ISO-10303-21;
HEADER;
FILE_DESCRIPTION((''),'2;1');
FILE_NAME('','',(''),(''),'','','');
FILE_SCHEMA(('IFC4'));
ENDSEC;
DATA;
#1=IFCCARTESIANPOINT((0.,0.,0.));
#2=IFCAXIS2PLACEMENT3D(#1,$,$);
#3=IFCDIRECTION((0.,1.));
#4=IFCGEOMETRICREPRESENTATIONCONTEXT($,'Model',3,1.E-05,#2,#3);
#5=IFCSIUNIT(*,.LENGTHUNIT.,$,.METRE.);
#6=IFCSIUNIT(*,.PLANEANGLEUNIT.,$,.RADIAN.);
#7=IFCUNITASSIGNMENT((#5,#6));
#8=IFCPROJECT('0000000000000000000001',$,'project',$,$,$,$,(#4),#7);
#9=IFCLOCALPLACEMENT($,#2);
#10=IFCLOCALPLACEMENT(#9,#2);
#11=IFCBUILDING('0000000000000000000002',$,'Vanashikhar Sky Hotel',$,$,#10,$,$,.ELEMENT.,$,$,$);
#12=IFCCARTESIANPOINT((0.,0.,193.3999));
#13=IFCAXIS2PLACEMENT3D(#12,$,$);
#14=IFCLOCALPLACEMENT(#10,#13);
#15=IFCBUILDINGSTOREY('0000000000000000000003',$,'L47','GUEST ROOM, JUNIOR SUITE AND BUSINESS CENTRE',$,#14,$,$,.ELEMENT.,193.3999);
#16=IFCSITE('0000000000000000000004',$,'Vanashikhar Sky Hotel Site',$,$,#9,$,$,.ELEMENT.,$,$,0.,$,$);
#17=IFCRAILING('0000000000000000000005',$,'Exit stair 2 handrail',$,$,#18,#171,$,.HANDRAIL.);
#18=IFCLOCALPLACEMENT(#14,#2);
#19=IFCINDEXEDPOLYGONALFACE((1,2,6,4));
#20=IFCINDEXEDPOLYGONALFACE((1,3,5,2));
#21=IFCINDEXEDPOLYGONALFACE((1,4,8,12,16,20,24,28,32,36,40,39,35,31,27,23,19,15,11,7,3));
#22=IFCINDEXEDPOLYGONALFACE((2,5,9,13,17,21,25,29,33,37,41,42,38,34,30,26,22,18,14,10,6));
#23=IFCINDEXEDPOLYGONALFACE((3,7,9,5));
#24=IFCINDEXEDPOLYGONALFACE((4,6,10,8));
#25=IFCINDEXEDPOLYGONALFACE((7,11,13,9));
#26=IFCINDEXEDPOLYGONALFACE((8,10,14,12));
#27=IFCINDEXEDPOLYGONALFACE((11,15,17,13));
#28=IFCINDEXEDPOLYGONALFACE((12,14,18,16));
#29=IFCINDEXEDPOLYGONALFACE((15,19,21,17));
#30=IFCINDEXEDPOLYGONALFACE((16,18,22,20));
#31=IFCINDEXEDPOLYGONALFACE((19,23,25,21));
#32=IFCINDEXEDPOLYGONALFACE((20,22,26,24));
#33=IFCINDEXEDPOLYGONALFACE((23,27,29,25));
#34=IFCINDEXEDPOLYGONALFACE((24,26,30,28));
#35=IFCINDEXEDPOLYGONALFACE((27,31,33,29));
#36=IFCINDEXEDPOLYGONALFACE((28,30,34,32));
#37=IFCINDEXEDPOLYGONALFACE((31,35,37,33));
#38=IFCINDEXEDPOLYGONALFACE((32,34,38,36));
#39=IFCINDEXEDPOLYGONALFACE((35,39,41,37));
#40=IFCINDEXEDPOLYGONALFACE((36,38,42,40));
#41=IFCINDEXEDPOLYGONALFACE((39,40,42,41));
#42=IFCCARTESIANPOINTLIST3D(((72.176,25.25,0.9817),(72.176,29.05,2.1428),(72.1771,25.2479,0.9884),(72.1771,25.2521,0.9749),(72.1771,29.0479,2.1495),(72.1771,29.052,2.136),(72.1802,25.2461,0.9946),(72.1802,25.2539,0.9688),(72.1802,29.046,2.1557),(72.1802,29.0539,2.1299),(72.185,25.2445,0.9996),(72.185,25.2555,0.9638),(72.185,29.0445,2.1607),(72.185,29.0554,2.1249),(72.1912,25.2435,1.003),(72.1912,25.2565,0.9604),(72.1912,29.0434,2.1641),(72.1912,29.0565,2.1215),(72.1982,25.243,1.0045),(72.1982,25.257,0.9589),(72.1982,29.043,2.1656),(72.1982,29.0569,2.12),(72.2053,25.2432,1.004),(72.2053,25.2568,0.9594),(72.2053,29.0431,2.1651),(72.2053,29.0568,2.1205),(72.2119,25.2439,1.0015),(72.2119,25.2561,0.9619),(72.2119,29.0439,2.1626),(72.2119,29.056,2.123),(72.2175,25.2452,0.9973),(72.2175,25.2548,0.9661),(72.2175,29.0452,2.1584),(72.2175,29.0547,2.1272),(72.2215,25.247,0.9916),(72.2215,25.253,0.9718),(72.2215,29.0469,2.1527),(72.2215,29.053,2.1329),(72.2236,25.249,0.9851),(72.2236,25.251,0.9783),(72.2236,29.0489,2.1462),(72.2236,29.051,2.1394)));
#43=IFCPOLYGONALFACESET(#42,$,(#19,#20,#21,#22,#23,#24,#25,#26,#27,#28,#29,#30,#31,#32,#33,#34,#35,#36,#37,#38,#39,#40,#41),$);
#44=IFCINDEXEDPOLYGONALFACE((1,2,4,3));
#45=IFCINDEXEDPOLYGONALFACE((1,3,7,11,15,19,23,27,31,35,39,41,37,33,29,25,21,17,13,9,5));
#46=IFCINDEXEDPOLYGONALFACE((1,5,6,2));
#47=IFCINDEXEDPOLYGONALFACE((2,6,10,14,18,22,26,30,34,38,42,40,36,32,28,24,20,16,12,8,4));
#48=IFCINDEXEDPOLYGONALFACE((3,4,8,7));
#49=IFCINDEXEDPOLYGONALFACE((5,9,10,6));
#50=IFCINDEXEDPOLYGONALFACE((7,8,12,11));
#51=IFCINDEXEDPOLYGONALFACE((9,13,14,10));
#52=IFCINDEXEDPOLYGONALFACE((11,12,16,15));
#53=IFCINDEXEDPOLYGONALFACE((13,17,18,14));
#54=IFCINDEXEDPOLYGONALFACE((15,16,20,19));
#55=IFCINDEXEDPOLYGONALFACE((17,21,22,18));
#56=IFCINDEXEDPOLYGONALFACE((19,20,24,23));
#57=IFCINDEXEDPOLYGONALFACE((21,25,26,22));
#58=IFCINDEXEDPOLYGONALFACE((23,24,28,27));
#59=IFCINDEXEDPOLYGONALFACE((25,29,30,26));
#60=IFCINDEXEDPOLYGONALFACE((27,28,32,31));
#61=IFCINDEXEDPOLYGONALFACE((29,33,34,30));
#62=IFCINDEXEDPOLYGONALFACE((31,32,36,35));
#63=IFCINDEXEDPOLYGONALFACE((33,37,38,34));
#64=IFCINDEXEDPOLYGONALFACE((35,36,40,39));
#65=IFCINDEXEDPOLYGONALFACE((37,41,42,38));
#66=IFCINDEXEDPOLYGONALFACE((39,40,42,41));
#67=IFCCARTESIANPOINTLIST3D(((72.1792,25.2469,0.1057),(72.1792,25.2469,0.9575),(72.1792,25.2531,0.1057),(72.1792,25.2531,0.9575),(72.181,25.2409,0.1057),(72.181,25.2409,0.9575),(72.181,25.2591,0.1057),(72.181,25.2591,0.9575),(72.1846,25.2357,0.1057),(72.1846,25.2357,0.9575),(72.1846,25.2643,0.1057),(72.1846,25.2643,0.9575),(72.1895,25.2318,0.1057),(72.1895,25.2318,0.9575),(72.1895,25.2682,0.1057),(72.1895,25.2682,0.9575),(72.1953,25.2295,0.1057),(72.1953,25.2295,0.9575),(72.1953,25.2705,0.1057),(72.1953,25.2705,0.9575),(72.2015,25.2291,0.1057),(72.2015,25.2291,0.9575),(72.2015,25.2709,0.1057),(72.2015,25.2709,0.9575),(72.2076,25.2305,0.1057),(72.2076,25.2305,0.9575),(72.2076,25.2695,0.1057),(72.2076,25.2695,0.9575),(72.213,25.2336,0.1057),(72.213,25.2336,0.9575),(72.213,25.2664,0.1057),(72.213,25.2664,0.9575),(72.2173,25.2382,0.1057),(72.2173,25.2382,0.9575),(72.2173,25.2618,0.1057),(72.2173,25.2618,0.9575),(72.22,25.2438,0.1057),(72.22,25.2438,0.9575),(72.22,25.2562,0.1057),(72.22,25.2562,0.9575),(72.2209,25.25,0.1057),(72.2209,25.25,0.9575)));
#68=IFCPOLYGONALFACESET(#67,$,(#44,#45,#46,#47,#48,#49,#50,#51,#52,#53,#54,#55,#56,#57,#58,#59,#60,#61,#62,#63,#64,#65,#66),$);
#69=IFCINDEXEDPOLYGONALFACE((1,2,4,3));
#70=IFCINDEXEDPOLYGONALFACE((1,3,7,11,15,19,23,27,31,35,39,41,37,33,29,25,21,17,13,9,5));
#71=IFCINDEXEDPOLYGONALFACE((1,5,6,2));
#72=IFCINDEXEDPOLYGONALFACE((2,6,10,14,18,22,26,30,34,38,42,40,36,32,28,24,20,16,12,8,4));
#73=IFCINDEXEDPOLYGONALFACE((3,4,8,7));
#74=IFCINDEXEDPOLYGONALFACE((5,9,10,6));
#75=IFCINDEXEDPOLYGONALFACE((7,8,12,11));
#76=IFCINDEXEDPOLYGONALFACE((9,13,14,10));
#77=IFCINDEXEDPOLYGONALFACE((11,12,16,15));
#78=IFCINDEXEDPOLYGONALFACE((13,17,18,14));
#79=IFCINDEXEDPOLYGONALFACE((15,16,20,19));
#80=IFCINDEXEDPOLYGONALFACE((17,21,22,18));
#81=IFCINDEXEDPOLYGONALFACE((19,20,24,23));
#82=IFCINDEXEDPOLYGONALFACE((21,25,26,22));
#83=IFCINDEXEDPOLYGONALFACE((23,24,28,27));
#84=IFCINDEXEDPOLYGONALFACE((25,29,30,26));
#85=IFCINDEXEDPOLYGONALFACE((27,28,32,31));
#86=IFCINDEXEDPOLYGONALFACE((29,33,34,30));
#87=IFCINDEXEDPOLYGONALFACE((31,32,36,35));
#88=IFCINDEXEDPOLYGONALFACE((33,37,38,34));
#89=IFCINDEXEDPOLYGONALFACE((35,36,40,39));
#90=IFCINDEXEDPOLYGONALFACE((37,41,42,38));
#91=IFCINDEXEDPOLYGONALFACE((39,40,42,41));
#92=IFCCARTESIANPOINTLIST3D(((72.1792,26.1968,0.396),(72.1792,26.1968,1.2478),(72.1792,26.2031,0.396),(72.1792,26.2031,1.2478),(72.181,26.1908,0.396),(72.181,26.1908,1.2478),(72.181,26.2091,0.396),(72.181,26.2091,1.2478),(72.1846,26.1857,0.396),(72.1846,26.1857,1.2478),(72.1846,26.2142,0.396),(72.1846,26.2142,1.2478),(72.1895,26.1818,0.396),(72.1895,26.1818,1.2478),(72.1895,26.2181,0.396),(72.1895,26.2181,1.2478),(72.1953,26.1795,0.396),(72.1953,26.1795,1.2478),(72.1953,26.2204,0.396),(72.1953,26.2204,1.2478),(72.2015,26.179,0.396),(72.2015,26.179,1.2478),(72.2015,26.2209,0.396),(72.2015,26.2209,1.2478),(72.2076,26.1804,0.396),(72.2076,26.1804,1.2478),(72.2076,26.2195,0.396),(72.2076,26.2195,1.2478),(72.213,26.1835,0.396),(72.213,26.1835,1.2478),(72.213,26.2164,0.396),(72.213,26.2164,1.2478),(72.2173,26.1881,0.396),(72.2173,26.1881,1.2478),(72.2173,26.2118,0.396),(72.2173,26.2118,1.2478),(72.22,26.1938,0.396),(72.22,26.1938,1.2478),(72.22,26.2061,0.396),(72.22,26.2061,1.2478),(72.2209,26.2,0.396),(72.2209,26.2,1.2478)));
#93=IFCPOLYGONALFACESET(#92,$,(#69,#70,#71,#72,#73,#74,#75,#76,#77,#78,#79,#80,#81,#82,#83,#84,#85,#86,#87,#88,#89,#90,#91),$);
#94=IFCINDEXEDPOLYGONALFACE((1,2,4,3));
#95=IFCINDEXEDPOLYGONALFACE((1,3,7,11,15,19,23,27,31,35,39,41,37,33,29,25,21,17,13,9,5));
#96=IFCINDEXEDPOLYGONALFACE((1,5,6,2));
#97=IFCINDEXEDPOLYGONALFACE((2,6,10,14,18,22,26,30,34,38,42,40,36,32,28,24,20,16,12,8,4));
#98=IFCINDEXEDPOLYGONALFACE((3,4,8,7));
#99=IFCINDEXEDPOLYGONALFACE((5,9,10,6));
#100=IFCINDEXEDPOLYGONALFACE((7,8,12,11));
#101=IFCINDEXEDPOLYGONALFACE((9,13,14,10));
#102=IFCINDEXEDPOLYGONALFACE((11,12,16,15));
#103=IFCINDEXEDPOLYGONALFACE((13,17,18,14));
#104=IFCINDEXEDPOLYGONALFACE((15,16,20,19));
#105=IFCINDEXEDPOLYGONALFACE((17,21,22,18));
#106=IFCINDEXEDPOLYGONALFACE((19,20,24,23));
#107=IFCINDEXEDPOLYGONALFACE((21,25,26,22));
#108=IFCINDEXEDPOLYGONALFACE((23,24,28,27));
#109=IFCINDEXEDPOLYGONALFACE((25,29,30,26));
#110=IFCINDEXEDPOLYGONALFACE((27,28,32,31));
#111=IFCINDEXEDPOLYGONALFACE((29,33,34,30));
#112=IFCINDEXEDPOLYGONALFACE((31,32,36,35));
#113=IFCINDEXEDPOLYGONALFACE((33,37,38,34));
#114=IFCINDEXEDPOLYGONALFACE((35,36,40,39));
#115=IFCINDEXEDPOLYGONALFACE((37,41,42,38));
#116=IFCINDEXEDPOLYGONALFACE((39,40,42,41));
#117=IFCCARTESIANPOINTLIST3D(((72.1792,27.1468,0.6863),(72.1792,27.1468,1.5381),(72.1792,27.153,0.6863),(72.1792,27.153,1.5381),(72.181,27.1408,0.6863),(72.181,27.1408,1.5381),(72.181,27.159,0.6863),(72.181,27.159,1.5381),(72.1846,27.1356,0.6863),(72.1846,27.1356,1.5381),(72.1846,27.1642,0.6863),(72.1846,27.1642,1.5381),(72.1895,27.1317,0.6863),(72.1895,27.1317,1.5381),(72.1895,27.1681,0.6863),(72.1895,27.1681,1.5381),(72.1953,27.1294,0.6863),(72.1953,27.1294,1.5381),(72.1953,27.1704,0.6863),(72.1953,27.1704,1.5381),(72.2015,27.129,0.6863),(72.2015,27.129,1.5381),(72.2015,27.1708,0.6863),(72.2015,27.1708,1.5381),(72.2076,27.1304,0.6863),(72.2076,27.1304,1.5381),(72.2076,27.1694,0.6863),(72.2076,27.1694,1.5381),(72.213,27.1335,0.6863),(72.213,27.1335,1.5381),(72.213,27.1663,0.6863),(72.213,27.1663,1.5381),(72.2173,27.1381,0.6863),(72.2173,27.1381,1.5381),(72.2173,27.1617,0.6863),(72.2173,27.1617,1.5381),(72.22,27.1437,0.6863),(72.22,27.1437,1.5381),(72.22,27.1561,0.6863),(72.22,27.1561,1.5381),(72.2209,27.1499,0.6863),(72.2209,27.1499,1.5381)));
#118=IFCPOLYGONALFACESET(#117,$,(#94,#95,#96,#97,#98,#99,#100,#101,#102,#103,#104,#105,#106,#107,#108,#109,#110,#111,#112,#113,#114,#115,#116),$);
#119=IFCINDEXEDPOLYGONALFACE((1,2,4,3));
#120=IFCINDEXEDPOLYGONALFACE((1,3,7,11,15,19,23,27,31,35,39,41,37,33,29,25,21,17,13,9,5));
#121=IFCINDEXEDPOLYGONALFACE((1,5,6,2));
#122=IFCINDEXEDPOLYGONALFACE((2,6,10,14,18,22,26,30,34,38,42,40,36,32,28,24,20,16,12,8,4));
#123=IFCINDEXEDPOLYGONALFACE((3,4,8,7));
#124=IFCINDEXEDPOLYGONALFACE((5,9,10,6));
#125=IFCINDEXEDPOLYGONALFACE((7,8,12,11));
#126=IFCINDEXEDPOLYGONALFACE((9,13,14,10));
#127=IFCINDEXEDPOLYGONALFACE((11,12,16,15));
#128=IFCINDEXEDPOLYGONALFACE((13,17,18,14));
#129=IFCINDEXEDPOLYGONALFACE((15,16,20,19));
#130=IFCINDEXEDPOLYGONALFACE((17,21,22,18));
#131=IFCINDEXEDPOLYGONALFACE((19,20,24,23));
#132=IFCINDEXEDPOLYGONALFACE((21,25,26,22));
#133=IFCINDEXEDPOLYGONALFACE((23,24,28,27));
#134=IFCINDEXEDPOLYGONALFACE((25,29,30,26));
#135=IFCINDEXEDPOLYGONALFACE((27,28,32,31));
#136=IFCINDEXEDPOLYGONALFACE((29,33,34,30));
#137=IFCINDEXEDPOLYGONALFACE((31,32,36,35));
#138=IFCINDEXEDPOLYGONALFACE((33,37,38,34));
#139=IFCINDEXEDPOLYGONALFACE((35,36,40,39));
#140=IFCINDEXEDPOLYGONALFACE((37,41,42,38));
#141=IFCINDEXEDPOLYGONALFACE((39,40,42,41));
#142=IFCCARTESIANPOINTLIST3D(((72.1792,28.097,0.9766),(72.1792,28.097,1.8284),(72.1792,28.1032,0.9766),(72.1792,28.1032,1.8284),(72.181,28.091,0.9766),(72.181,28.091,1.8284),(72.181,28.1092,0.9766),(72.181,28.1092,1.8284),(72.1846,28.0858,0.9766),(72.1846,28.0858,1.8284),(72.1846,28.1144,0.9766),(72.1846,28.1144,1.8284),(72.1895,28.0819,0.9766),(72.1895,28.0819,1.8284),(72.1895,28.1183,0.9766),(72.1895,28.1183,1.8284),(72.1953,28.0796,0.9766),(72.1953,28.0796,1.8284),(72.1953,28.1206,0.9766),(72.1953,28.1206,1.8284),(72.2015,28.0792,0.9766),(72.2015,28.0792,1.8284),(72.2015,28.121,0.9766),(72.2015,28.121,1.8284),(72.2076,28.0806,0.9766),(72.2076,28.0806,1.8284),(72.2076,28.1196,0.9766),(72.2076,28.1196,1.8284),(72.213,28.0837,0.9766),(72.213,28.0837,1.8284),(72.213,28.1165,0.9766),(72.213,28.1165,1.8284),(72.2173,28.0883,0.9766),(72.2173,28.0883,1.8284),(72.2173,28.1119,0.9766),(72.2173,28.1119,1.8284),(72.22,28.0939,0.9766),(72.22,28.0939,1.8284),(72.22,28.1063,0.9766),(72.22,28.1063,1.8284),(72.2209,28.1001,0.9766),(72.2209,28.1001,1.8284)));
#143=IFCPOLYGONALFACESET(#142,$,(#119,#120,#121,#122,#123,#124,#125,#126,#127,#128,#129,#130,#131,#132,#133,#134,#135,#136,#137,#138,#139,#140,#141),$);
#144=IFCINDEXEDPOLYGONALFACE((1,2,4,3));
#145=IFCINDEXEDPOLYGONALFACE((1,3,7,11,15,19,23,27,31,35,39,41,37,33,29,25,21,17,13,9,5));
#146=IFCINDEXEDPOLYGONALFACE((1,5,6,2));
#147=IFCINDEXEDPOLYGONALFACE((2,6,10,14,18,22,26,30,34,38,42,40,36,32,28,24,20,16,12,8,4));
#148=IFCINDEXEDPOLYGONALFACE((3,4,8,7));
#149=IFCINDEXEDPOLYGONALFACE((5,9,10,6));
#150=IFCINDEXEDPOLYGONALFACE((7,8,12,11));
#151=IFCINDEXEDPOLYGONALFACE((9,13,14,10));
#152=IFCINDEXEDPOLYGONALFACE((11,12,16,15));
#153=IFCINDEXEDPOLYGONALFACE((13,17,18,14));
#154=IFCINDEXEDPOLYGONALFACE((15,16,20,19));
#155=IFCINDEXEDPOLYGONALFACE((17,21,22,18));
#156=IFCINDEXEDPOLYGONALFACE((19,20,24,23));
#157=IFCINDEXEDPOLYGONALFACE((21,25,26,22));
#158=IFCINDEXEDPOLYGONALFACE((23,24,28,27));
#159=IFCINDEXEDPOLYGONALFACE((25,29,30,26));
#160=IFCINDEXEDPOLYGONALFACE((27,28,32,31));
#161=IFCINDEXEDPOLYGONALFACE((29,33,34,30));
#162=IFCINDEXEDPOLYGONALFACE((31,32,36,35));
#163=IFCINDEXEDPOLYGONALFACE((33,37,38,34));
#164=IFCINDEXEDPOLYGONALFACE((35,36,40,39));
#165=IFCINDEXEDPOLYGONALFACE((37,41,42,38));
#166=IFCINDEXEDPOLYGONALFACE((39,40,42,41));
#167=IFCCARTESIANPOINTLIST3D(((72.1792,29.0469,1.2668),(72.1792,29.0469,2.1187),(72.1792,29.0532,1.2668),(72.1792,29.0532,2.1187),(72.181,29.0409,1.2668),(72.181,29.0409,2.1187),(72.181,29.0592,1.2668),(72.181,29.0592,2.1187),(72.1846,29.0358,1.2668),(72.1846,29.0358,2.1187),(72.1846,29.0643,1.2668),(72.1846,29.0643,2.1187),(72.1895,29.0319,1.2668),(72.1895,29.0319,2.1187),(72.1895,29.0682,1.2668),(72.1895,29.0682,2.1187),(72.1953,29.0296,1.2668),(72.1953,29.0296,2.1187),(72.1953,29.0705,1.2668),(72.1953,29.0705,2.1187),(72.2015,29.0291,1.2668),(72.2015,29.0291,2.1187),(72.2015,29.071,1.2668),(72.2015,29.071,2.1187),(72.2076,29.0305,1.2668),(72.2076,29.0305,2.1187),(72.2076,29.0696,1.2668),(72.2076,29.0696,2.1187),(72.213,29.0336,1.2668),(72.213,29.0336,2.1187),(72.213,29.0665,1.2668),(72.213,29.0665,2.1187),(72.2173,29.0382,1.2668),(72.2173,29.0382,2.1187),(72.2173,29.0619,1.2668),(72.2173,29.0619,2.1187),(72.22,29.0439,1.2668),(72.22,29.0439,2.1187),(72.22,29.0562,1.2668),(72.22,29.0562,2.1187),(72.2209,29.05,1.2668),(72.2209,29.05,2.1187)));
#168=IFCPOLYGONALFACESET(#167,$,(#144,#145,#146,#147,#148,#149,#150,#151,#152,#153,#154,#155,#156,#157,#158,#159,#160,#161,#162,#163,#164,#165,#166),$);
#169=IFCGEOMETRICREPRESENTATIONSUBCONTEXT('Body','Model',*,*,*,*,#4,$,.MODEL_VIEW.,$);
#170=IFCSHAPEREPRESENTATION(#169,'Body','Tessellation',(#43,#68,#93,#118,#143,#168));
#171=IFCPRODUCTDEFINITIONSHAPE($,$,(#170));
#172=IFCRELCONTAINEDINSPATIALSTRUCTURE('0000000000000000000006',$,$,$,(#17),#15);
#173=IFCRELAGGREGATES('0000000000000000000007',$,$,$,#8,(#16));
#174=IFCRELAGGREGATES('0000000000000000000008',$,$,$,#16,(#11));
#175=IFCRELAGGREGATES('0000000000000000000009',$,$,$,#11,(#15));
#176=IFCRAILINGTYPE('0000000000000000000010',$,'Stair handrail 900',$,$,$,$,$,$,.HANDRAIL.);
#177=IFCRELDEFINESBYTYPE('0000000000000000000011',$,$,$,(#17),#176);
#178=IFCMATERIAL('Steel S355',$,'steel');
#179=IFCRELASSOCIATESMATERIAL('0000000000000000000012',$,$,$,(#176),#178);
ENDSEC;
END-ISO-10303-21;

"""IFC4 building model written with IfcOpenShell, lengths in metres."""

from ifc_helpers import new_model, si_unit, direction, frame, origin, origin_2d, place, context, subcontext, project, spatial, circle, extrude, source, transform, mapped, material, type_object, element, save


model = new_model("IFC4")

# Units and contexts
model_context = context("Model", 3, precision=1e-05, world=origin(), true_north=direction((0.0, 1.0)))
body_context = subcontext(model_context, "Body", "Model", "MODEL_VIEW")
ifc_project = project(units=[si_unit("LENGTHUNIT", "METRE"), si_unit("PLANEANGLEUNIT", "RADIAN")], contexts=[model_context])

# Site, building, storey
site_placement = place(None, origin())
site = spatial("IfcSite", under=ifc_project, at=site_placement, Name="Vanashikhar Sky Hotel Site", CompositionType="ELEMENT", RefElevation=0.0)
building_placement = place(site_placement, origin())
building = spatial("IfcBuilding", under=site, at=building_placement, Name="Vanashikhar Sky Hotel", CompositionType="ELEMENT")
storey_placement = place(building_placement, frame((0.0, 0.0, 193.3999)))
storey = spatial("IfcBuildingStorey", under=building, at=storey_placement, Name="L47", Description="GUEST ROOM, JUNIOR SUITE AND BUSINESS CENTRE", CompositionType="ELEMENT", Elevation=193.3999)

# Railing
ifc_material_1 = material(Name="Steel S355", Category="steel")
railing_type_1 = type_object("IfcRailingType", Name="Stair handrail 900", PredefinedType="HANDRAIL", material=ifc_material_1)
shared_shape_1 = source(origin(), body_context, "Body", "SweptSolid", [
    extrude(circle(Radius=0.0239, at=origin_2d()), frame((0.0, 0.0, 0.876), z_axis=(0.0, 0.956351, 0.29222), x_axis=(-1.0, 0.0, 0.0)), (0.0, 0.0, 1.0), 3.9734),
    extrude(circle(Radius=0.021, at=origin_2d()), origin(), (0.0, 0.0, 1.0), 0.8518),
    extrude(circle(Radius=0.021, at=origin_2d()), frame((0.0, 0.95, 0.2903)), (0.0, 0.0, 1.0), 0.8518),
    extrude(circle(Radius=0.021, at=origin_2d()), frame((0.0, 1.8999, 0.5806)), (0.0, 0.0, 1.0), 0.8518),
    extrude(circle(Radius=0.021, at=origin_2d()), frame((0.0, 2.8501, 0.8708)), (0.0, 0.0, 1.0), 0.8518),
    extrude(circle(Radius=0.021, at=origin_2d()), frame((0.0, 3.8, 1.1611)), (0.0, 0.0, 1.0), 0.8518),
])
for number, where, name in (
    (1, (72.2, 25.25, 0.1057), "Exit stair 2 handrail"),
):
    element("IfcRailing", number, at=place(storey_placement, frame(where)), inside=storey, type_object=railing_type_1, Name=name, PredefinedType="HANDRAIL", context=body_context, shape_type="MappedRepresentation", body=[
        mapped(shared_shape_1, transform((0.0, 0.0, 0.0), scale=1.0)),
    ])

save(model, "model.ifc")
